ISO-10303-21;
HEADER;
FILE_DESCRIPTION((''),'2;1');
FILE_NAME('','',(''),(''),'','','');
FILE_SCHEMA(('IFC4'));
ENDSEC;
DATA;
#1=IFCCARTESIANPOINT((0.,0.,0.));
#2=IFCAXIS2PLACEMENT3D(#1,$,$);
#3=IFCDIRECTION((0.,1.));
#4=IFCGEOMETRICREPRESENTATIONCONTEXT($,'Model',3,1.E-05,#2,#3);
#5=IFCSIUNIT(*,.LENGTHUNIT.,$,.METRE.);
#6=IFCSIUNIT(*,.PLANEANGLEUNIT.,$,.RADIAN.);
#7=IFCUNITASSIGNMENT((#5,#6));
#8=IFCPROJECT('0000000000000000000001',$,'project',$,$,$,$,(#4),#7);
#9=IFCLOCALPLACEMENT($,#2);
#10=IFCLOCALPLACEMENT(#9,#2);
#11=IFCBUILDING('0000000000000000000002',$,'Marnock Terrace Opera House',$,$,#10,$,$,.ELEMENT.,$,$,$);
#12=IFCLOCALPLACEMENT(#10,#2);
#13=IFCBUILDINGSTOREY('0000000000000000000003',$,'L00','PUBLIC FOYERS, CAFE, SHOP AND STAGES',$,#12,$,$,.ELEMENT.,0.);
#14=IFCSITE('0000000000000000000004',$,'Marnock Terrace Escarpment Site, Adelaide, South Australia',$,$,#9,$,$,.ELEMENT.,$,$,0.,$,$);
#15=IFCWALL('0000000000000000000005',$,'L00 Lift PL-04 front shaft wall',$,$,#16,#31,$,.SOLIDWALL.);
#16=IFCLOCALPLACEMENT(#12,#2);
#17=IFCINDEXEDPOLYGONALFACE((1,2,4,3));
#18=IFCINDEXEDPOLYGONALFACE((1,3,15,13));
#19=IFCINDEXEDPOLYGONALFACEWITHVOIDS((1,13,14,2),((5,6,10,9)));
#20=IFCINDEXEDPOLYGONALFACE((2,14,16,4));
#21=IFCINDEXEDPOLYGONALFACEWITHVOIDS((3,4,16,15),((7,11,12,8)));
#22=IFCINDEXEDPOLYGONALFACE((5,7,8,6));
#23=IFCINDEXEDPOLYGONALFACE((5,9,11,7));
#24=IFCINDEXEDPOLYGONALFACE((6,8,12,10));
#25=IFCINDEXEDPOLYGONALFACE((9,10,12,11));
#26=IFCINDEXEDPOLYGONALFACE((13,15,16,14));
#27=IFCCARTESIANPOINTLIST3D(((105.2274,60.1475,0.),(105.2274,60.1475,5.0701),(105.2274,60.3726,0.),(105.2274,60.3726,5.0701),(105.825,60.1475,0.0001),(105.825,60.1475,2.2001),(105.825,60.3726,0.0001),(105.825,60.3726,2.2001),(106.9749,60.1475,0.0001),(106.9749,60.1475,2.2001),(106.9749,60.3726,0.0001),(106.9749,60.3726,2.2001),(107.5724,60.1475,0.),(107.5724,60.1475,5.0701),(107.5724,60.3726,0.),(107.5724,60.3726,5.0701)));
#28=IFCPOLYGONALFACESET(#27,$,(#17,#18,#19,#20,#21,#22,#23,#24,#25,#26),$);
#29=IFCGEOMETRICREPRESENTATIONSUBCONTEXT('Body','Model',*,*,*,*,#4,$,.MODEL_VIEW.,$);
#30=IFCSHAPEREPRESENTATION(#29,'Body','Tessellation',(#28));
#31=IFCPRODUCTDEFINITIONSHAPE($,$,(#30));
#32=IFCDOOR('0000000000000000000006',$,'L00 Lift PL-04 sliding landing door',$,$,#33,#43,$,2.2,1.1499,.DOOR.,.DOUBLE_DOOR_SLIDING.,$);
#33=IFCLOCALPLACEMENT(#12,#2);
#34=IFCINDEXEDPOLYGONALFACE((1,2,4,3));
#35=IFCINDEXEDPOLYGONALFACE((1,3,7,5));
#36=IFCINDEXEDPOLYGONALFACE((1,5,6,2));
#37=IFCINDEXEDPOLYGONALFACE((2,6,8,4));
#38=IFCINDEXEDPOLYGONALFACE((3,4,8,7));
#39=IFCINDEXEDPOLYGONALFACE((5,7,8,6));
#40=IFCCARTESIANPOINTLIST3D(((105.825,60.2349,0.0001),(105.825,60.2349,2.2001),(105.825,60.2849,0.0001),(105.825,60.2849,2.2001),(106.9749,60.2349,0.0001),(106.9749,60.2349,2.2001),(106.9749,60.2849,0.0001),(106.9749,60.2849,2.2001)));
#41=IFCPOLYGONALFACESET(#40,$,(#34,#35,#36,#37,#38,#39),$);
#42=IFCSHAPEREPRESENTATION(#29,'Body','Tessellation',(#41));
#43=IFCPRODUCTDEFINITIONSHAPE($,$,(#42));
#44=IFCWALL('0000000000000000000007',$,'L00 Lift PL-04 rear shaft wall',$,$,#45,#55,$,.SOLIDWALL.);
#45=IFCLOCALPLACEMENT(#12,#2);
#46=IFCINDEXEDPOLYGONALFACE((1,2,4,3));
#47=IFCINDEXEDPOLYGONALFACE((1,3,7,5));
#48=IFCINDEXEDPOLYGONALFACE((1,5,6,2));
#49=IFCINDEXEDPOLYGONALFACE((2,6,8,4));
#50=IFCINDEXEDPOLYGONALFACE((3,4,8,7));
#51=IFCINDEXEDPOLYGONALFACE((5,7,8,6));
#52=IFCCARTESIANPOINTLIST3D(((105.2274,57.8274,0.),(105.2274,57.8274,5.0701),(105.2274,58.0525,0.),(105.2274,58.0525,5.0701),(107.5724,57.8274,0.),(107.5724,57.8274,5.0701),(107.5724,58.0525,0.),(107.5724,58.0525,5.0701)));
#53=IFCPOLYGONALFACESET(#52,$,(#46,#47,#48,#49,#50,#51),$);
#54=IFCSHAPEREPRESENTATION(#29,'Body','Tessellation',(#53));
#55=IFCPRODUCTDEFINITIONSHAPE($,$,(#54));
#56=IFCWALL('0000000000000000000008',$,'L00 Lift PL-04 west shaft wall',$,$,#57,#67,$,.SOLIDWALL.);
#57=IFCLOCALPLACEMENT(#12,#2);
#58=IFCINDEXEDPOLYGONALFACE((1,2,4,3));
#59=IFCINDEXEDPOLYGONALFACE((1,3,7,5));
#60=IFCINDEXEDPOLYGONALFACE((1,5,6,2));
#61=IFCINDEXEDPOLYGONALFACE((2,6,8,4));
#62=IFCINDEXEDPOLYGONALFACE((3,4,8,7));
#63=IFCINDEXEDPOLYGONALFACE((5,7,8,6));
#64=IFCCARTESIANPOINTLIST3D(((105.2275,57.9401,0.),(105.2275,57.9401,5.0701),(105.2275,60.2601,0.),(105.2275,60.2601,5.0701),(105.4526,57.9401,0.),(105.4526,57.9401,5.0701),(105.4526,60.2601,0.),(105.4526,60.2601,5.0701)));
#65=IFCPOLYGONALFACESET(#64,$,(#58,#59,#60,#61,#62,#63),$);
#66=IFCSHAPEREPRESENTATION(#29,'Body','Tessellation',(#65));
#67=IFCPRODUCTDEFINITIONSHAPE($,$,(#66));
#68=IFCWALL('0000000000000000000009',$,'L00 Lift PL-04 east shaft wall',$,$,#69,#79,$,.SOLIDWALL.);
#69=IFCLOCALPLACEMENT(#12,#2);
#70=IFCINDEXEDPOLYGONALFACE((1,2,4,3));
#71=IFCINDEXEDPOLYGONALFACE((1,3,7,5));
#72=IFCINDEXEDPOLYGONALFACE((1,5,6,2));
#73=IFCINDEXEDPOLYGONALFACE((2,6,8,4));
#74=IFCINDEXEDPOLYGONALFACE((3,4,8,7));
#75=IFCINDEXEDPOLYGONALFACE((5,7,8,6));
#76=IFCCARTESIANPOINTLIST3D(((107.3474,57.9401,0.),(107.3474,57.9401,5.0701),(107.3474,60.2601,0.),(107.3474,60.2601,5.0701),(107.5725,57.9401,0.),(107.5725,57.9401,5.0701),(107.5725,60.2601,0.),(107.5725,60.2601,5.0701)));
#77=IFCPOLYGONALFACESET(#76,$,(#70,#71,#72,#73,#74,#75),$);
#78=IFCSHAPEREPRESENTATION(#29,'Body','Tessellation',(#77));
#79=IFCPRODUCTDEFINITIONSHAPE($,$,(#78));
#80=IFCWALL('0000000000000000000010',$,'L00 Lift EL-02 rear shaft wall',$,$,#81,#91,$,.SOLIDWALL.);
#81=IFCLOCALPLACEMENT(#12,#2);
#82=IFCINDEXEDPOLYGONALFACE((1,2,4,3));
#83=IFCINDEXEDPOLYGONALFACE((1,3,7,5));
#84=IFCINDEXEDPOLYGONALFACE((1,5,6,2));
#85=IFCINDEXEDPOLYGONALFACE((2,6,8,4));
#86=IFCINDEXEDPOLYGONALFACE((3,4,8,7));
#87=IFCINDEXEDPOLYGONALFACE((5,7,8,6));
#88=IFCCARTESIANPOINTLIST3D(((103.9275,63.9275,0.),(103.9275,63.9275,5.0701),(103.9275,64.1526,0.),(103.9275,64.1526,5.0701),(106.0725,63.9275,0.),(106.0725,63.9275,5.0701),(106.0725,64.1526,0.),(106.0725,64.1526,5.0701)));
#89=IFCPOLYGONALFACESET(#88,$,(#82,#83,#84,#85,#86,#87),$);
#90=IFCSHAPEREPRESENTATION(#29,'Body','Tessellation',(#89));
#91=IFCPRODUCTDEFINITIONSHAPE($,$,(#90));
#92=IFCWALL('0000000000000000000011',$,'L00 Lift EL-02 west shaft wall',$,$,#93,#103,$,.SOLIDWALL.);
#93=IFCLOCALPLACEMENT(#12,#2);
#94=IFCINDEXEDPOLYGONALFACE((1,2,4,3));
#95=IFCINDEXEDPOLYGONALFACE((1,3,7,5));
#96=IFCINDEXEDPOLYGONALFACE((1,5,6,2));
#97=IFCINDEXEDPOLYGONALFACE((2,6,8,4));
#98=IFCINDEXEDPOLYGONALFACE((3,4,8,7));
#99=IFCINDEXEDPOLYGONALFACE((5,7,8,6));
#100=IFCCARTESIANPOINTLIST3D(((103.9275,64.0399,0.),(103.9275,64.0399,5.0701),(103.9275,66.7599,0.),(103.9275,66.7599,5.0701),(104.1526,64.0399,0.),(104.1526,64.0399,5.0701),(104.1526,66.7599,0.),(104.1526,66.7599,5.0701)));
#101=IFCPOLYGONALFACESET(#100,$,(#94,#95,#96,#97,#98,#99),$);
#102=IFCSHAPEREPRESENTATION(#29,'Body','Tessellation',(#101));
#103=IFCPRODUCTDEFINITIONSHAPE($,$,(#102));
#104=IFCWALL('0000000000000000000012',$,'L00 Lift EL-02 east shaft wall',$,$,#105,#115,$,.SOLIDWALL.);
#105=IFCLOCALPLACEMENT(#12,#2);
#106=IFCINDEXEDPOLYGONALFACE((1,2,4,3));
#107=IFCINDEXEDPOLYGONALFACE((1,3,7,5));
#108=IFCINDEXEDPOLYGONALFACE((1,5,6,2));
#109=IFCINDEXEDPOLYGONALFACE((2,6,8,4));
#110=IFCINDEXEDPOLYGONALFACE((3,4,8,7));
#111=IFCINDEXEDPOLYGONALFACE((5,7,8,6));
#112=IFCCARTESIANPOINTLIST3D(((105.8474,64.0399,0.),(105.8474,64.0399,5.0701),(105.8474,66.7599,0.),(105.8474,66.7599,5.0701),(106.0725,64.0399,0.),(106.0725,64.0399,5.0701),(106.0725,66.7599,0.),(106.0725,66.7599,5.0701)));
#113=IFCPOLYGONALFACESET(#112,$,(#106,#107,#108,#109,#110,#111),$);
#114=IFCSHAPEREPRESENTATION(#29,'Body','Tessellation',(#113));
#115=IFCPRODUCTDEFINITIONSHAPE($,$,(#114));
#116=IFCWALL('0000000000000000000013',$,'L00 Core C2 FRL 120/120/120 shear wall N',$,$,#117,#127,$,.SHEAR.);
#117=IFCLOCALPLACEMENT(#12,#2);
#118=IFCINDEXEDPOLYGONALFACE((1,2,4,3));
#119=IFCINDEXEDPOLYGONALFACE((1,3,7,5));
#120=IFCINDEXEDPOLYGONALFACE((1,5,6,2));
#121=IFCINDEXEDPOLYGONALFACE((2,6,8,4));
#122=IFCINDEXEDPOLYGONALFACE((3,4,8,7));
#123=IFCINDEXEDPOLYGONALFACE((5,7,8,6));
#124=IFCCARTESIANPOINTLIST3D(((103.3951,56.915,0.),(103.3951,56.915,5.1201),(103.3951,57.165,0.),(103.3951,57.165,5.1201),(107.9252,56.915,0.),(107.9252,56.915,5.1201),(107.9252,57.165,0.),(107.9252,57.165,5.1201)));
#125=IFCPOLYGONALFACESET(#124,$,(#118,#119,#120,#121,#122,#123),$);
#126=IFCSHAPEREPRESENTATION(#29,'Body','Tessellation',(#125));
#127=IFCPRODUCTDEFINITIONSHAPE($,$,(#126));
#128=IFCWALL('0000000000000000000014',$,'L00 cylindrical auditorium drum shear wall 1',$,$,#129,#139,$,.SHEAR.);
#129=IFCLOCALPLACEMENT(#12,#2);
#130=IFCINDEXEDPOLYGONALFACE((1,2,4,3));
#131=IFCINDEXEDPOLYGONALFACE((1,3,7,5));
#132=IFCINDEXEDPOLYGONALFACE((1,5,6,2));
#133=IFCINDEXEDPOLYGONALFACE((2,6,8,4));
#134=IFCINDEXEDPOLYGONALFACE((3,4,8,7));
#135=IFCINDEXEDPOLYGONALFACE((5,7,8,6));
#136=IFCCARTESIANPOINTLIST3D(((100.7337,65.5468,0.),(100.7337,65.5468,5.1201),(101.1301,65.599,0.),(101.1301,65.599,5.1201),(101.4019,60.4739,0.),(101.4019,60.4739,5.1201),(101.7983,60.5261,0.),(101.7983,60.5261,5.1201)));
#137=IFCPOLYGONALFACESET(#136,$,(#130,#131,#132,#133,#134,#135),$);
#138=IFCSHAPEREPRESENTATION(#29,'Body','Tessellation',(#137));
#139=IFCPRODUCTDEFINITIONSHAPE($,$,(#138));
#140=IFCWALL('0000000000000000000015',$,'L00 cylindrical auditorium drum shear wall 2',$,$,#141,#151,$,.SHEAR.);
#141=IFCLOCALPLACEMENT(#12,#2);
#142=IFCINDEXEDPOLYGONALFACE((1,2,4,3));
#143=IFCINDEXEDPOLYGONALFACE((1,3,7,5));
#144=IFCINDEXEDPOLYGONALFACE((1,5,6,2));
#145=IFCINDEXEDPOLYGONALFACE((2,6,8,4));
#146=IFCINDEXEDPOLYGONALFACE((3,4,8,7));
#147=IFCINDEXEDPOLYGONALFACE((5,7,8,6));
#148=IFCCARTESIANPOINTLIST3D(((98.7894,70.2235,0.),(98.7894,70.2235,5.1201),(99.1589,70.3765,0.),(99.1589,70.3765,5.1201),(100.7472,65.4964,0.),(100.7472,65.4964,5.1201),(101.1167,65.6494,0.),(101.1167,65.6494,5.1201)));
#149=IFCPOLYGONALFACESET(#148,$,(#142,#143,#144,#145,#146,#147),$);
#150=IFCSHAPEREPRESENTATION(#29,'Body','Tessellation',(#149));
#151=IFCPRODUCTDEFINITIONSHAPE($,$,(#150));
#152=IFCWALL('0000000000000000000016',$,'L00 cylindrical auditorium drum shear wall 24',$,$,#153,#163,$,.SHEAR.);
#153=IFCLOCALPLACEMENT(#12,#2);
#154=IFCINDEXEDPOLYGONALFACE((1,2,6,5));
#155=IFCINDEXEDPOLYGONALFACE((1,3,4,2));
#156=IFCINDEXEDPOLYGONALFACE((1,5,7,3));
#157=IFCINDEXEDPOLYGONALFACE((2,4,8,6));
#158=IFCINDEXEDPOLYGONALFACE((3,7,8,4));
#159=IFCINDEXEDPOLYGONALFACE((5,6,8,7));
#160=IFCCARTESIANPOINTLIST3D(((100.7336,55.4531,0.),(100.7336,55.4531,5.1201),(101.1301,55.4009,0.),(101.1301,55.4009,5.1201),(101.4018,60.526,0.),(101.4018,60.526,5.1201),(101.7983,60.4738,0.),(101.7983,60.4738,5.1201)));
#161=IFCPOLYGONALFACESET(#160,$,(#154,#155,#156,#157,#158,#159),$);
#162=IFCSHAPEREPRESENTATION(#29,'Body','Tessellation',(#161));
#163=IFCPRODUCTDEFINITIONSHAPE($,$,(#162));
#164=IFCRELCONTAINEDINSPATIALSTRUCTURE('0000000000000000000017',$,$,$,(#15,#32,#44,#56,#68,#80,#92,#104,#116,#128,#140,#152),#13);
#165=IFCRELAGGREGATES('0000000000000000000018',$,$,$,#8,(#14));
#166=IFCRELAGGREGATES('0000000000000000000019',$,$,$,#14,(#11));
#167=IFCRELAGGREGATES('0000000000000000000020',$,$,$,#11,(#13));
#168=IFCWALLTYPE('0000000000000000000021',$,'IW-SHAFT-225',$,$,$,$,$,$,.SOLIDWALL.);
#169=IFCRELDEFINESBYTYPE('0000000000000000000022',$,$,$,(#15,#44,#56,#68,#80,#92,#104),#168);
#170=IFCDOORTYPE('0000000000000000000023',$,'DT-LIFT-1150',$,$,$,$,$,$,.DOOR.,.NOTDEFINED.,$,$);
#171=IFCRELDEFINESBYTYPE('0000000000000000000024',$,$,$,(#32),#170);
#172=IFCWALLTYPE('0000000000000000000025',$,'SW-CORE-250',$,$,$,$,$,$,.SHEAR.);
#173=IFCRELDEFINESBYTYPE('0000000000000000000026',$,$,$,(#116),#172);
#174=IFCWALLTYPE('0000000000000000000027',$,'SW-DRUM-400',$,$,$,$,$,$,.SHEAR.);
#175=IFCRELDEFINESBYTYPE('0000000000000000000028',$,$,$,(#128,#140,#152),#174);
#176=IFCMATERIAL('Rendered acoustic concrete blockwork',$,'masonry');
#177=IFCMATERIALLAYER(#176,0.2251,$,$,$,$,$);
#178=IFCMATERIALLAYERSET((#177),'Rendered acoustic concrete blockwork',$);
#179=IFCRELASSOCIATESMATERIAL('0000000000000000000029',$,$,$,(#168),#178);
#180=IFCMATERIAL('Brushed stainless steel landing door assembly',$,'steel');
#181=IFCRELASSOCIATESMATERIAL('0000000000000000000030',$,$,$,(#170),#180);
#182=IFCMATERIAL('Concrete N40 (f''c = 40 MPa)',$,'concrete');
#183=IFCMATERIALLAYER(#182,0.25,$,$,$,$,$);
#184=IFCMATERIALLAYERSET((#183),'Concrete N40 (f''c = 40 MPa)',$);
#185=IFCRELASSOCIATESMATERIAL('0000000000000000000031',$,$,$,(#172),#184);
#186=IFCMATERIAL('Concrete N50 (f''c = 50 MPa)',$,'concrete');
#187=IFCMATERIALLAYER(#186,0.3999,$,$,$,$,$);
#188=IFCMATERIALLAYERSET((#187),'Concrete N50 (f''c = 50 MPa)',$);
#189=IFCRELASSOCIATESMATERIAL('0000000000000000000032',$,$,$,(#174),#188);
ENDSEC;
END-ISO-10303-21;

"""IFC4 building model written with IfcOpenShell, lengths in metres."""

from ifc_helpers import new_model, si_unit, direction, frame, frame_2d, origin, place, context, subcontext, project, spatial, rectangle, extrude, material, layer, layer_set, type_object, element, fill, save


model = new_model("IFC4")

# Units and contexts
model_context = context("Model", 3, precision=1e-05, world=origin(), true_north=direction((0.0, 1.0)))
body_context = subcontext(model_context, "Body", "Model", "MODEL_VIEW")
ifc_project = project(units=[si_unit("LENGTHUNIT", "METRE"), si_unit("PLANEANGLEUNIT", "RADIAN")], contexts=[model_context])

# Site, building, storey
site_placement = place(None, origin())
site = spatial("IfcSite", under=ifc_project, at=site_placement, Name="Marnock Terrace Escarpment Site, Adelaide, South Australia", CompositionType="ELEMENT", RefElevation=0.0)
building_placement = place(site_placement, origin())
building = spatial("IfcBuilding", under=site, at=building_placement, Name="Marnock Terrace Opera House", CompositionType="ELEMENT")
storey_placement = place(building_placement, origin())
storey = spatial("IfcBuildingStorey", under=building, at=storey_placement, Name="L00", Description="PUBLIC FOYERS, CAFE, SHOP AND STAGES", CompositionType="ELEMENT", Elevation=0.0)

# Shared definitions
ifc_material_1 = material(Name="Concrete N50 (f'c = 50 MPa)", Category="concrete")

# Shared definitions
ifc_material_2 = material(Name="Concrete N40 (f'c = 40 MPa)", Category="concrete")

# Shared definitions
ifc_material_3 = material(Name="Rendered acoustic concrete blockwork", Category="masonry")
ifc_layer_1 = layer(ifc_material_3, 0.2251)
ifc_layer_set_1 = layer_set([ifc_layer_1], Name="Rendered acoustic concrete blockwork")
wall_type_1 = type_object("IfcWallType", Name="IW-SHAFT-225", PredefinedType="SOLIDWALL", material=ifc_layer_set_1)
ifc_material_4 = material(Name="Brushed stainless steel landing door assembly", Category="steel")
door_type = type_object("IfcDoorType", Name="DT-LIFT-1150", OperationType="NOTDEFINED", PredefinedType="DOOR", material=ifc_material_4)

# Wall, opening, door
wall_1_placement = place(storey_placement, frame((105.2275, 60.26, 0.0), z_axis=(0.0, 0.0, 1.0), x_axis=(1.0, 0.0, 0.0)))
wall_1 = element("IfcWall", 1, at=wall_1_placement, inside=storey, type_object=wall_type_1, Name="L00 Lift PL-04 front shaft wall", PredefinedType="SOLIDWALL", context=body_context, shape_type="SweptSolid", body=[
    extrude(rectangle(XDim=2.345, YDim=0.2251, at=frame_2d((1.1724, 0.0))), origin(), (0.0, 0.0, 1.0), 5.0701),
])
opening_1_placement = place(wall_1_placement, frame((0.5974, 0.0, 0.0)))
opening_1 = element("IfcOpeningElement", 2, at=opening_1_placement, cuts=wall_1, PredefinedType="OPENING", context=body_context, shape_type="SweptSolid", body=[
    extrude(rectangle(XDim=1.1499, YDim=2.2, at=frame_2d((0.575, 1.1001))), frame((0.0, 0.1226, 0.0), z_axis=(0.0, -1.0, 0.0), x_axis=(1.0, 0.0, 0.0)), (0.0, 0.0, 1.0), 0.2451),
])
door_1_placement = place(opening_1_placement, origin())
door_1 = element("IfcDoor", 3, at=door_1_placement, inside=storey, type_object=door_type, Name="L00 Lift PL-04 sliding landing door", OperationType="DOUBLE_DOOR_SLIDING", OverallHeight=2.2, OverallWidth=1.1499, PredefinedType="DOOR", context=body_context, shape_type="SweptSolid", body=[
    extrude(rectangle(XDim=1.1499, YDim=2.2, at=frame_2d((0.575, 1.1001))), frame((0.0, 0.0249, 0.0), z_axis=(0.0, -1.0, 0.0), x_axis=(1.0, 0.0, 0.0)), (0.0, 0.0, 1.0), 0.05),
])
fill(opening_1, door_1)

# Walls
wall_2_placement = place(storey_placement, frame((105.2275, 57.9399, 0.0), z_axis=(0.0, 0.0, 1.0), x_axis=(1.0, 0.0, 0.0)))
element("IfcWall", 4, at=wall_2_placement, inside=storey, type_object=wall_type_1, Name="L00 Lift PL-04 rear shaft wall", PredefinedType="SOLIDWALL", context=body_context, shape_type="SweptSolid", body=[
    extrude(rectangle(XDim=2.345, YDim=0.2251, at=frame_2d((1.1724, 0.0))), origin(), (0.0, 0.0, 1.0), 5.0701),
])
for number, where, z_axis, x_axis, name in (
    (5, (105.3401, 57.9399, 0.0), (0.0, 0.0, 1.0), (0.0, 1.0, 0.0), "L00 Lift PL-04 west shaft wall"),
    (6, (107.46, 57.9399, 0.0), (0.0, 0.0, 1.0), (0.0, 1.0, 0.0), "L00 Lift PL-04 east shaft wall"),
):
    element("IfcWall", number, at=place(storey_placement, frame(where, z_axis=z_axis, x_axis=x_axis)), inside=storey, type_object=wall_type_1, Name=name, PredefinedType="SOLIDWALL", context=body_context, shape_type="SweptSolid", body=[
        extrude(rectangle(XDim=2.3201, YDim=0.2251, at=frame_2d((1.1602, 0.0))), origin(), (0.0, 0.0, 1.0), 5.0701),
    ])
wall_3_placement = place(storey_placement, frame((103.9275, 64.04, 0.0), z_axis=(0.0, 0.0, 1.0), x_axis=(1.0, 0.0, 0.0)))
element("IfcWall", 7, at=wall_3_placement, inside=storey, type_object=wall_type_1, Name="L00 Lift EL-02 rear shaft wall", PredefinedType="SOLIDWALL", context=body_context, shape_type="SweptSolid", body=[
    extrude(rectangle(XDim=2.145, YDim=0.2251, at=frame_2d((1.0725, 0.0))), origin(), (0.0, 0.0, 1.0), 5.0701),
])
for number, where, z_axis, x_axis, name in (
    (8, (104.04, 64.04, 0.0), (0.0, 0.0, 1.0), (0.0, 1.0, 0.0), "L00 Lift EL-02 west shaft wall"),
    (9, (105.96, 64.04, 0.0), (0.0, 0.0, 1.0), (0.0, 1.0, 0.0), "L00 Lift EL-02 east shaft wall"),
):
    element("IfcWall", number, at=place(storey_placement, frame(where, z_axis=z_axis, x_axis=x_axis)), inside=storey, type_object=wall_type_1, Name=name, PredefinedType="SOLIDWALL", context=body_context, shape_type="SweptSolid", body=[
        extrude(rectangle(XDim=2.72, YDim=0.2251, at=frame_2d((1.3599, 0.0))), origin(), (0.0, 0.0, 1.0), 5.0701),
    ])
ifc_layer_2 = layer(ifc_material_2, 0.25)
ifc_layer_set_2 = layer_set([ifc_layer_2], Name="Concrete N40 (f'c = 40 MPa)")
wall_type_2 = type_object("IfcWallType", Name="SW-CORE-250", PredefinedType="SHEAR", material=ifc_layer_set_2)
wall_4_placement = place(storey_placement, frame((103.395, 57.04, 0.0), z_axis=(0.0, 0.0, 1.0), x_axis=(1.0, 0.0, 0.0)))
element("IfcWall", 10, at=wall_4_placement, inside=storey, type_object=wall_type_2, Name="L00 Core C2 FRL 120/120/120 shear wall N", PredefinedType="SHEAR", context=body_context, shape_type="SweptSolid", body=[
    extrude(rectangle(XDim=4.53, YDim=0.25, at=frame_2d((2.2651, 0.0))), origin(), (0.0, 0.0, 1.0), 5.1201),
])
ifc_layer_3 = layer(ifc_material_1, 0.3999)
ifc_layer_set_3 = layer_set([ifc_layer_3], Name="Concrete N50 (f'c = 50 MPa)")
wall_type_3 = type_object("IfcWallType", Name="SW-DRUM-400", PredefinedType="SHEAR", material=ifc_layer_set_3)
wall_5_placement = place(storey_placement, frame((101.6001, 60.5, 0.0), z_axis=(0.0, 0.0, 1.0), x_axis=(-0.130592, 0.991436, 0.0)))
element("IfcWall", 11, at=wall_5_placement, inside=storey, type_object=wall_type_3, Name="L00 cylindrical auditorium drum shear wall 1", PredefinedType="SHEAR", context=body_context, shape_type="SweptSolid", body=[
    extrude(rectangle(XDim=5.1167, YDim=0.3999, at=frame_2d((2.5583, 0.0))), origin(), (0.0, 0.0, 1.0), 5.1201),
])
wall_6_placement = place(storey_placement, frame((100.9319, 65.573, 0.0), z_axis=(0.0, 0.0, 1.0), x_axis=(-0.382643, 0.923896, 0.0)))
element("IfcWall", 12, at=wall_6_placement, inside=storey, type_object=wall_type_3, Name="L00 cylindrical auditorium drum shear wall 2", PredefinedType="SHEAR", context=body_context, shape_type="SweptSolid", body=[
    extrude(rectangle(XDim=5.1165, YDim=0.3999, at=frame_2d((2.5581, 0.0))), origin(), (0.0, 0.0, 1.0), 5.1201),
])
wall_7_placement = place(storey_placement, frame((100.9319, 55.427, 0.0), z_axis=(0.0, 0.0, 1.0), x_axis=(0.130592, 0.991436, 0.0)))
element("IfcWall", 13, at=wall_7_placement, inside=storey, type_object=wall_type_3, Name="L00 cylindrical auditorium drum shear wall 24", PredefinedType="SHEAR", context=body_context, shape_type="SweptSolid", body=[
    extrude(rectangle(XDim=5.1167, YDim=0.3999, at=frame_2d((2.5583, 0.0))), origin(), (0.0, 0.0, 1.0), 5.1201),
])

save(model, "model.ifc")
